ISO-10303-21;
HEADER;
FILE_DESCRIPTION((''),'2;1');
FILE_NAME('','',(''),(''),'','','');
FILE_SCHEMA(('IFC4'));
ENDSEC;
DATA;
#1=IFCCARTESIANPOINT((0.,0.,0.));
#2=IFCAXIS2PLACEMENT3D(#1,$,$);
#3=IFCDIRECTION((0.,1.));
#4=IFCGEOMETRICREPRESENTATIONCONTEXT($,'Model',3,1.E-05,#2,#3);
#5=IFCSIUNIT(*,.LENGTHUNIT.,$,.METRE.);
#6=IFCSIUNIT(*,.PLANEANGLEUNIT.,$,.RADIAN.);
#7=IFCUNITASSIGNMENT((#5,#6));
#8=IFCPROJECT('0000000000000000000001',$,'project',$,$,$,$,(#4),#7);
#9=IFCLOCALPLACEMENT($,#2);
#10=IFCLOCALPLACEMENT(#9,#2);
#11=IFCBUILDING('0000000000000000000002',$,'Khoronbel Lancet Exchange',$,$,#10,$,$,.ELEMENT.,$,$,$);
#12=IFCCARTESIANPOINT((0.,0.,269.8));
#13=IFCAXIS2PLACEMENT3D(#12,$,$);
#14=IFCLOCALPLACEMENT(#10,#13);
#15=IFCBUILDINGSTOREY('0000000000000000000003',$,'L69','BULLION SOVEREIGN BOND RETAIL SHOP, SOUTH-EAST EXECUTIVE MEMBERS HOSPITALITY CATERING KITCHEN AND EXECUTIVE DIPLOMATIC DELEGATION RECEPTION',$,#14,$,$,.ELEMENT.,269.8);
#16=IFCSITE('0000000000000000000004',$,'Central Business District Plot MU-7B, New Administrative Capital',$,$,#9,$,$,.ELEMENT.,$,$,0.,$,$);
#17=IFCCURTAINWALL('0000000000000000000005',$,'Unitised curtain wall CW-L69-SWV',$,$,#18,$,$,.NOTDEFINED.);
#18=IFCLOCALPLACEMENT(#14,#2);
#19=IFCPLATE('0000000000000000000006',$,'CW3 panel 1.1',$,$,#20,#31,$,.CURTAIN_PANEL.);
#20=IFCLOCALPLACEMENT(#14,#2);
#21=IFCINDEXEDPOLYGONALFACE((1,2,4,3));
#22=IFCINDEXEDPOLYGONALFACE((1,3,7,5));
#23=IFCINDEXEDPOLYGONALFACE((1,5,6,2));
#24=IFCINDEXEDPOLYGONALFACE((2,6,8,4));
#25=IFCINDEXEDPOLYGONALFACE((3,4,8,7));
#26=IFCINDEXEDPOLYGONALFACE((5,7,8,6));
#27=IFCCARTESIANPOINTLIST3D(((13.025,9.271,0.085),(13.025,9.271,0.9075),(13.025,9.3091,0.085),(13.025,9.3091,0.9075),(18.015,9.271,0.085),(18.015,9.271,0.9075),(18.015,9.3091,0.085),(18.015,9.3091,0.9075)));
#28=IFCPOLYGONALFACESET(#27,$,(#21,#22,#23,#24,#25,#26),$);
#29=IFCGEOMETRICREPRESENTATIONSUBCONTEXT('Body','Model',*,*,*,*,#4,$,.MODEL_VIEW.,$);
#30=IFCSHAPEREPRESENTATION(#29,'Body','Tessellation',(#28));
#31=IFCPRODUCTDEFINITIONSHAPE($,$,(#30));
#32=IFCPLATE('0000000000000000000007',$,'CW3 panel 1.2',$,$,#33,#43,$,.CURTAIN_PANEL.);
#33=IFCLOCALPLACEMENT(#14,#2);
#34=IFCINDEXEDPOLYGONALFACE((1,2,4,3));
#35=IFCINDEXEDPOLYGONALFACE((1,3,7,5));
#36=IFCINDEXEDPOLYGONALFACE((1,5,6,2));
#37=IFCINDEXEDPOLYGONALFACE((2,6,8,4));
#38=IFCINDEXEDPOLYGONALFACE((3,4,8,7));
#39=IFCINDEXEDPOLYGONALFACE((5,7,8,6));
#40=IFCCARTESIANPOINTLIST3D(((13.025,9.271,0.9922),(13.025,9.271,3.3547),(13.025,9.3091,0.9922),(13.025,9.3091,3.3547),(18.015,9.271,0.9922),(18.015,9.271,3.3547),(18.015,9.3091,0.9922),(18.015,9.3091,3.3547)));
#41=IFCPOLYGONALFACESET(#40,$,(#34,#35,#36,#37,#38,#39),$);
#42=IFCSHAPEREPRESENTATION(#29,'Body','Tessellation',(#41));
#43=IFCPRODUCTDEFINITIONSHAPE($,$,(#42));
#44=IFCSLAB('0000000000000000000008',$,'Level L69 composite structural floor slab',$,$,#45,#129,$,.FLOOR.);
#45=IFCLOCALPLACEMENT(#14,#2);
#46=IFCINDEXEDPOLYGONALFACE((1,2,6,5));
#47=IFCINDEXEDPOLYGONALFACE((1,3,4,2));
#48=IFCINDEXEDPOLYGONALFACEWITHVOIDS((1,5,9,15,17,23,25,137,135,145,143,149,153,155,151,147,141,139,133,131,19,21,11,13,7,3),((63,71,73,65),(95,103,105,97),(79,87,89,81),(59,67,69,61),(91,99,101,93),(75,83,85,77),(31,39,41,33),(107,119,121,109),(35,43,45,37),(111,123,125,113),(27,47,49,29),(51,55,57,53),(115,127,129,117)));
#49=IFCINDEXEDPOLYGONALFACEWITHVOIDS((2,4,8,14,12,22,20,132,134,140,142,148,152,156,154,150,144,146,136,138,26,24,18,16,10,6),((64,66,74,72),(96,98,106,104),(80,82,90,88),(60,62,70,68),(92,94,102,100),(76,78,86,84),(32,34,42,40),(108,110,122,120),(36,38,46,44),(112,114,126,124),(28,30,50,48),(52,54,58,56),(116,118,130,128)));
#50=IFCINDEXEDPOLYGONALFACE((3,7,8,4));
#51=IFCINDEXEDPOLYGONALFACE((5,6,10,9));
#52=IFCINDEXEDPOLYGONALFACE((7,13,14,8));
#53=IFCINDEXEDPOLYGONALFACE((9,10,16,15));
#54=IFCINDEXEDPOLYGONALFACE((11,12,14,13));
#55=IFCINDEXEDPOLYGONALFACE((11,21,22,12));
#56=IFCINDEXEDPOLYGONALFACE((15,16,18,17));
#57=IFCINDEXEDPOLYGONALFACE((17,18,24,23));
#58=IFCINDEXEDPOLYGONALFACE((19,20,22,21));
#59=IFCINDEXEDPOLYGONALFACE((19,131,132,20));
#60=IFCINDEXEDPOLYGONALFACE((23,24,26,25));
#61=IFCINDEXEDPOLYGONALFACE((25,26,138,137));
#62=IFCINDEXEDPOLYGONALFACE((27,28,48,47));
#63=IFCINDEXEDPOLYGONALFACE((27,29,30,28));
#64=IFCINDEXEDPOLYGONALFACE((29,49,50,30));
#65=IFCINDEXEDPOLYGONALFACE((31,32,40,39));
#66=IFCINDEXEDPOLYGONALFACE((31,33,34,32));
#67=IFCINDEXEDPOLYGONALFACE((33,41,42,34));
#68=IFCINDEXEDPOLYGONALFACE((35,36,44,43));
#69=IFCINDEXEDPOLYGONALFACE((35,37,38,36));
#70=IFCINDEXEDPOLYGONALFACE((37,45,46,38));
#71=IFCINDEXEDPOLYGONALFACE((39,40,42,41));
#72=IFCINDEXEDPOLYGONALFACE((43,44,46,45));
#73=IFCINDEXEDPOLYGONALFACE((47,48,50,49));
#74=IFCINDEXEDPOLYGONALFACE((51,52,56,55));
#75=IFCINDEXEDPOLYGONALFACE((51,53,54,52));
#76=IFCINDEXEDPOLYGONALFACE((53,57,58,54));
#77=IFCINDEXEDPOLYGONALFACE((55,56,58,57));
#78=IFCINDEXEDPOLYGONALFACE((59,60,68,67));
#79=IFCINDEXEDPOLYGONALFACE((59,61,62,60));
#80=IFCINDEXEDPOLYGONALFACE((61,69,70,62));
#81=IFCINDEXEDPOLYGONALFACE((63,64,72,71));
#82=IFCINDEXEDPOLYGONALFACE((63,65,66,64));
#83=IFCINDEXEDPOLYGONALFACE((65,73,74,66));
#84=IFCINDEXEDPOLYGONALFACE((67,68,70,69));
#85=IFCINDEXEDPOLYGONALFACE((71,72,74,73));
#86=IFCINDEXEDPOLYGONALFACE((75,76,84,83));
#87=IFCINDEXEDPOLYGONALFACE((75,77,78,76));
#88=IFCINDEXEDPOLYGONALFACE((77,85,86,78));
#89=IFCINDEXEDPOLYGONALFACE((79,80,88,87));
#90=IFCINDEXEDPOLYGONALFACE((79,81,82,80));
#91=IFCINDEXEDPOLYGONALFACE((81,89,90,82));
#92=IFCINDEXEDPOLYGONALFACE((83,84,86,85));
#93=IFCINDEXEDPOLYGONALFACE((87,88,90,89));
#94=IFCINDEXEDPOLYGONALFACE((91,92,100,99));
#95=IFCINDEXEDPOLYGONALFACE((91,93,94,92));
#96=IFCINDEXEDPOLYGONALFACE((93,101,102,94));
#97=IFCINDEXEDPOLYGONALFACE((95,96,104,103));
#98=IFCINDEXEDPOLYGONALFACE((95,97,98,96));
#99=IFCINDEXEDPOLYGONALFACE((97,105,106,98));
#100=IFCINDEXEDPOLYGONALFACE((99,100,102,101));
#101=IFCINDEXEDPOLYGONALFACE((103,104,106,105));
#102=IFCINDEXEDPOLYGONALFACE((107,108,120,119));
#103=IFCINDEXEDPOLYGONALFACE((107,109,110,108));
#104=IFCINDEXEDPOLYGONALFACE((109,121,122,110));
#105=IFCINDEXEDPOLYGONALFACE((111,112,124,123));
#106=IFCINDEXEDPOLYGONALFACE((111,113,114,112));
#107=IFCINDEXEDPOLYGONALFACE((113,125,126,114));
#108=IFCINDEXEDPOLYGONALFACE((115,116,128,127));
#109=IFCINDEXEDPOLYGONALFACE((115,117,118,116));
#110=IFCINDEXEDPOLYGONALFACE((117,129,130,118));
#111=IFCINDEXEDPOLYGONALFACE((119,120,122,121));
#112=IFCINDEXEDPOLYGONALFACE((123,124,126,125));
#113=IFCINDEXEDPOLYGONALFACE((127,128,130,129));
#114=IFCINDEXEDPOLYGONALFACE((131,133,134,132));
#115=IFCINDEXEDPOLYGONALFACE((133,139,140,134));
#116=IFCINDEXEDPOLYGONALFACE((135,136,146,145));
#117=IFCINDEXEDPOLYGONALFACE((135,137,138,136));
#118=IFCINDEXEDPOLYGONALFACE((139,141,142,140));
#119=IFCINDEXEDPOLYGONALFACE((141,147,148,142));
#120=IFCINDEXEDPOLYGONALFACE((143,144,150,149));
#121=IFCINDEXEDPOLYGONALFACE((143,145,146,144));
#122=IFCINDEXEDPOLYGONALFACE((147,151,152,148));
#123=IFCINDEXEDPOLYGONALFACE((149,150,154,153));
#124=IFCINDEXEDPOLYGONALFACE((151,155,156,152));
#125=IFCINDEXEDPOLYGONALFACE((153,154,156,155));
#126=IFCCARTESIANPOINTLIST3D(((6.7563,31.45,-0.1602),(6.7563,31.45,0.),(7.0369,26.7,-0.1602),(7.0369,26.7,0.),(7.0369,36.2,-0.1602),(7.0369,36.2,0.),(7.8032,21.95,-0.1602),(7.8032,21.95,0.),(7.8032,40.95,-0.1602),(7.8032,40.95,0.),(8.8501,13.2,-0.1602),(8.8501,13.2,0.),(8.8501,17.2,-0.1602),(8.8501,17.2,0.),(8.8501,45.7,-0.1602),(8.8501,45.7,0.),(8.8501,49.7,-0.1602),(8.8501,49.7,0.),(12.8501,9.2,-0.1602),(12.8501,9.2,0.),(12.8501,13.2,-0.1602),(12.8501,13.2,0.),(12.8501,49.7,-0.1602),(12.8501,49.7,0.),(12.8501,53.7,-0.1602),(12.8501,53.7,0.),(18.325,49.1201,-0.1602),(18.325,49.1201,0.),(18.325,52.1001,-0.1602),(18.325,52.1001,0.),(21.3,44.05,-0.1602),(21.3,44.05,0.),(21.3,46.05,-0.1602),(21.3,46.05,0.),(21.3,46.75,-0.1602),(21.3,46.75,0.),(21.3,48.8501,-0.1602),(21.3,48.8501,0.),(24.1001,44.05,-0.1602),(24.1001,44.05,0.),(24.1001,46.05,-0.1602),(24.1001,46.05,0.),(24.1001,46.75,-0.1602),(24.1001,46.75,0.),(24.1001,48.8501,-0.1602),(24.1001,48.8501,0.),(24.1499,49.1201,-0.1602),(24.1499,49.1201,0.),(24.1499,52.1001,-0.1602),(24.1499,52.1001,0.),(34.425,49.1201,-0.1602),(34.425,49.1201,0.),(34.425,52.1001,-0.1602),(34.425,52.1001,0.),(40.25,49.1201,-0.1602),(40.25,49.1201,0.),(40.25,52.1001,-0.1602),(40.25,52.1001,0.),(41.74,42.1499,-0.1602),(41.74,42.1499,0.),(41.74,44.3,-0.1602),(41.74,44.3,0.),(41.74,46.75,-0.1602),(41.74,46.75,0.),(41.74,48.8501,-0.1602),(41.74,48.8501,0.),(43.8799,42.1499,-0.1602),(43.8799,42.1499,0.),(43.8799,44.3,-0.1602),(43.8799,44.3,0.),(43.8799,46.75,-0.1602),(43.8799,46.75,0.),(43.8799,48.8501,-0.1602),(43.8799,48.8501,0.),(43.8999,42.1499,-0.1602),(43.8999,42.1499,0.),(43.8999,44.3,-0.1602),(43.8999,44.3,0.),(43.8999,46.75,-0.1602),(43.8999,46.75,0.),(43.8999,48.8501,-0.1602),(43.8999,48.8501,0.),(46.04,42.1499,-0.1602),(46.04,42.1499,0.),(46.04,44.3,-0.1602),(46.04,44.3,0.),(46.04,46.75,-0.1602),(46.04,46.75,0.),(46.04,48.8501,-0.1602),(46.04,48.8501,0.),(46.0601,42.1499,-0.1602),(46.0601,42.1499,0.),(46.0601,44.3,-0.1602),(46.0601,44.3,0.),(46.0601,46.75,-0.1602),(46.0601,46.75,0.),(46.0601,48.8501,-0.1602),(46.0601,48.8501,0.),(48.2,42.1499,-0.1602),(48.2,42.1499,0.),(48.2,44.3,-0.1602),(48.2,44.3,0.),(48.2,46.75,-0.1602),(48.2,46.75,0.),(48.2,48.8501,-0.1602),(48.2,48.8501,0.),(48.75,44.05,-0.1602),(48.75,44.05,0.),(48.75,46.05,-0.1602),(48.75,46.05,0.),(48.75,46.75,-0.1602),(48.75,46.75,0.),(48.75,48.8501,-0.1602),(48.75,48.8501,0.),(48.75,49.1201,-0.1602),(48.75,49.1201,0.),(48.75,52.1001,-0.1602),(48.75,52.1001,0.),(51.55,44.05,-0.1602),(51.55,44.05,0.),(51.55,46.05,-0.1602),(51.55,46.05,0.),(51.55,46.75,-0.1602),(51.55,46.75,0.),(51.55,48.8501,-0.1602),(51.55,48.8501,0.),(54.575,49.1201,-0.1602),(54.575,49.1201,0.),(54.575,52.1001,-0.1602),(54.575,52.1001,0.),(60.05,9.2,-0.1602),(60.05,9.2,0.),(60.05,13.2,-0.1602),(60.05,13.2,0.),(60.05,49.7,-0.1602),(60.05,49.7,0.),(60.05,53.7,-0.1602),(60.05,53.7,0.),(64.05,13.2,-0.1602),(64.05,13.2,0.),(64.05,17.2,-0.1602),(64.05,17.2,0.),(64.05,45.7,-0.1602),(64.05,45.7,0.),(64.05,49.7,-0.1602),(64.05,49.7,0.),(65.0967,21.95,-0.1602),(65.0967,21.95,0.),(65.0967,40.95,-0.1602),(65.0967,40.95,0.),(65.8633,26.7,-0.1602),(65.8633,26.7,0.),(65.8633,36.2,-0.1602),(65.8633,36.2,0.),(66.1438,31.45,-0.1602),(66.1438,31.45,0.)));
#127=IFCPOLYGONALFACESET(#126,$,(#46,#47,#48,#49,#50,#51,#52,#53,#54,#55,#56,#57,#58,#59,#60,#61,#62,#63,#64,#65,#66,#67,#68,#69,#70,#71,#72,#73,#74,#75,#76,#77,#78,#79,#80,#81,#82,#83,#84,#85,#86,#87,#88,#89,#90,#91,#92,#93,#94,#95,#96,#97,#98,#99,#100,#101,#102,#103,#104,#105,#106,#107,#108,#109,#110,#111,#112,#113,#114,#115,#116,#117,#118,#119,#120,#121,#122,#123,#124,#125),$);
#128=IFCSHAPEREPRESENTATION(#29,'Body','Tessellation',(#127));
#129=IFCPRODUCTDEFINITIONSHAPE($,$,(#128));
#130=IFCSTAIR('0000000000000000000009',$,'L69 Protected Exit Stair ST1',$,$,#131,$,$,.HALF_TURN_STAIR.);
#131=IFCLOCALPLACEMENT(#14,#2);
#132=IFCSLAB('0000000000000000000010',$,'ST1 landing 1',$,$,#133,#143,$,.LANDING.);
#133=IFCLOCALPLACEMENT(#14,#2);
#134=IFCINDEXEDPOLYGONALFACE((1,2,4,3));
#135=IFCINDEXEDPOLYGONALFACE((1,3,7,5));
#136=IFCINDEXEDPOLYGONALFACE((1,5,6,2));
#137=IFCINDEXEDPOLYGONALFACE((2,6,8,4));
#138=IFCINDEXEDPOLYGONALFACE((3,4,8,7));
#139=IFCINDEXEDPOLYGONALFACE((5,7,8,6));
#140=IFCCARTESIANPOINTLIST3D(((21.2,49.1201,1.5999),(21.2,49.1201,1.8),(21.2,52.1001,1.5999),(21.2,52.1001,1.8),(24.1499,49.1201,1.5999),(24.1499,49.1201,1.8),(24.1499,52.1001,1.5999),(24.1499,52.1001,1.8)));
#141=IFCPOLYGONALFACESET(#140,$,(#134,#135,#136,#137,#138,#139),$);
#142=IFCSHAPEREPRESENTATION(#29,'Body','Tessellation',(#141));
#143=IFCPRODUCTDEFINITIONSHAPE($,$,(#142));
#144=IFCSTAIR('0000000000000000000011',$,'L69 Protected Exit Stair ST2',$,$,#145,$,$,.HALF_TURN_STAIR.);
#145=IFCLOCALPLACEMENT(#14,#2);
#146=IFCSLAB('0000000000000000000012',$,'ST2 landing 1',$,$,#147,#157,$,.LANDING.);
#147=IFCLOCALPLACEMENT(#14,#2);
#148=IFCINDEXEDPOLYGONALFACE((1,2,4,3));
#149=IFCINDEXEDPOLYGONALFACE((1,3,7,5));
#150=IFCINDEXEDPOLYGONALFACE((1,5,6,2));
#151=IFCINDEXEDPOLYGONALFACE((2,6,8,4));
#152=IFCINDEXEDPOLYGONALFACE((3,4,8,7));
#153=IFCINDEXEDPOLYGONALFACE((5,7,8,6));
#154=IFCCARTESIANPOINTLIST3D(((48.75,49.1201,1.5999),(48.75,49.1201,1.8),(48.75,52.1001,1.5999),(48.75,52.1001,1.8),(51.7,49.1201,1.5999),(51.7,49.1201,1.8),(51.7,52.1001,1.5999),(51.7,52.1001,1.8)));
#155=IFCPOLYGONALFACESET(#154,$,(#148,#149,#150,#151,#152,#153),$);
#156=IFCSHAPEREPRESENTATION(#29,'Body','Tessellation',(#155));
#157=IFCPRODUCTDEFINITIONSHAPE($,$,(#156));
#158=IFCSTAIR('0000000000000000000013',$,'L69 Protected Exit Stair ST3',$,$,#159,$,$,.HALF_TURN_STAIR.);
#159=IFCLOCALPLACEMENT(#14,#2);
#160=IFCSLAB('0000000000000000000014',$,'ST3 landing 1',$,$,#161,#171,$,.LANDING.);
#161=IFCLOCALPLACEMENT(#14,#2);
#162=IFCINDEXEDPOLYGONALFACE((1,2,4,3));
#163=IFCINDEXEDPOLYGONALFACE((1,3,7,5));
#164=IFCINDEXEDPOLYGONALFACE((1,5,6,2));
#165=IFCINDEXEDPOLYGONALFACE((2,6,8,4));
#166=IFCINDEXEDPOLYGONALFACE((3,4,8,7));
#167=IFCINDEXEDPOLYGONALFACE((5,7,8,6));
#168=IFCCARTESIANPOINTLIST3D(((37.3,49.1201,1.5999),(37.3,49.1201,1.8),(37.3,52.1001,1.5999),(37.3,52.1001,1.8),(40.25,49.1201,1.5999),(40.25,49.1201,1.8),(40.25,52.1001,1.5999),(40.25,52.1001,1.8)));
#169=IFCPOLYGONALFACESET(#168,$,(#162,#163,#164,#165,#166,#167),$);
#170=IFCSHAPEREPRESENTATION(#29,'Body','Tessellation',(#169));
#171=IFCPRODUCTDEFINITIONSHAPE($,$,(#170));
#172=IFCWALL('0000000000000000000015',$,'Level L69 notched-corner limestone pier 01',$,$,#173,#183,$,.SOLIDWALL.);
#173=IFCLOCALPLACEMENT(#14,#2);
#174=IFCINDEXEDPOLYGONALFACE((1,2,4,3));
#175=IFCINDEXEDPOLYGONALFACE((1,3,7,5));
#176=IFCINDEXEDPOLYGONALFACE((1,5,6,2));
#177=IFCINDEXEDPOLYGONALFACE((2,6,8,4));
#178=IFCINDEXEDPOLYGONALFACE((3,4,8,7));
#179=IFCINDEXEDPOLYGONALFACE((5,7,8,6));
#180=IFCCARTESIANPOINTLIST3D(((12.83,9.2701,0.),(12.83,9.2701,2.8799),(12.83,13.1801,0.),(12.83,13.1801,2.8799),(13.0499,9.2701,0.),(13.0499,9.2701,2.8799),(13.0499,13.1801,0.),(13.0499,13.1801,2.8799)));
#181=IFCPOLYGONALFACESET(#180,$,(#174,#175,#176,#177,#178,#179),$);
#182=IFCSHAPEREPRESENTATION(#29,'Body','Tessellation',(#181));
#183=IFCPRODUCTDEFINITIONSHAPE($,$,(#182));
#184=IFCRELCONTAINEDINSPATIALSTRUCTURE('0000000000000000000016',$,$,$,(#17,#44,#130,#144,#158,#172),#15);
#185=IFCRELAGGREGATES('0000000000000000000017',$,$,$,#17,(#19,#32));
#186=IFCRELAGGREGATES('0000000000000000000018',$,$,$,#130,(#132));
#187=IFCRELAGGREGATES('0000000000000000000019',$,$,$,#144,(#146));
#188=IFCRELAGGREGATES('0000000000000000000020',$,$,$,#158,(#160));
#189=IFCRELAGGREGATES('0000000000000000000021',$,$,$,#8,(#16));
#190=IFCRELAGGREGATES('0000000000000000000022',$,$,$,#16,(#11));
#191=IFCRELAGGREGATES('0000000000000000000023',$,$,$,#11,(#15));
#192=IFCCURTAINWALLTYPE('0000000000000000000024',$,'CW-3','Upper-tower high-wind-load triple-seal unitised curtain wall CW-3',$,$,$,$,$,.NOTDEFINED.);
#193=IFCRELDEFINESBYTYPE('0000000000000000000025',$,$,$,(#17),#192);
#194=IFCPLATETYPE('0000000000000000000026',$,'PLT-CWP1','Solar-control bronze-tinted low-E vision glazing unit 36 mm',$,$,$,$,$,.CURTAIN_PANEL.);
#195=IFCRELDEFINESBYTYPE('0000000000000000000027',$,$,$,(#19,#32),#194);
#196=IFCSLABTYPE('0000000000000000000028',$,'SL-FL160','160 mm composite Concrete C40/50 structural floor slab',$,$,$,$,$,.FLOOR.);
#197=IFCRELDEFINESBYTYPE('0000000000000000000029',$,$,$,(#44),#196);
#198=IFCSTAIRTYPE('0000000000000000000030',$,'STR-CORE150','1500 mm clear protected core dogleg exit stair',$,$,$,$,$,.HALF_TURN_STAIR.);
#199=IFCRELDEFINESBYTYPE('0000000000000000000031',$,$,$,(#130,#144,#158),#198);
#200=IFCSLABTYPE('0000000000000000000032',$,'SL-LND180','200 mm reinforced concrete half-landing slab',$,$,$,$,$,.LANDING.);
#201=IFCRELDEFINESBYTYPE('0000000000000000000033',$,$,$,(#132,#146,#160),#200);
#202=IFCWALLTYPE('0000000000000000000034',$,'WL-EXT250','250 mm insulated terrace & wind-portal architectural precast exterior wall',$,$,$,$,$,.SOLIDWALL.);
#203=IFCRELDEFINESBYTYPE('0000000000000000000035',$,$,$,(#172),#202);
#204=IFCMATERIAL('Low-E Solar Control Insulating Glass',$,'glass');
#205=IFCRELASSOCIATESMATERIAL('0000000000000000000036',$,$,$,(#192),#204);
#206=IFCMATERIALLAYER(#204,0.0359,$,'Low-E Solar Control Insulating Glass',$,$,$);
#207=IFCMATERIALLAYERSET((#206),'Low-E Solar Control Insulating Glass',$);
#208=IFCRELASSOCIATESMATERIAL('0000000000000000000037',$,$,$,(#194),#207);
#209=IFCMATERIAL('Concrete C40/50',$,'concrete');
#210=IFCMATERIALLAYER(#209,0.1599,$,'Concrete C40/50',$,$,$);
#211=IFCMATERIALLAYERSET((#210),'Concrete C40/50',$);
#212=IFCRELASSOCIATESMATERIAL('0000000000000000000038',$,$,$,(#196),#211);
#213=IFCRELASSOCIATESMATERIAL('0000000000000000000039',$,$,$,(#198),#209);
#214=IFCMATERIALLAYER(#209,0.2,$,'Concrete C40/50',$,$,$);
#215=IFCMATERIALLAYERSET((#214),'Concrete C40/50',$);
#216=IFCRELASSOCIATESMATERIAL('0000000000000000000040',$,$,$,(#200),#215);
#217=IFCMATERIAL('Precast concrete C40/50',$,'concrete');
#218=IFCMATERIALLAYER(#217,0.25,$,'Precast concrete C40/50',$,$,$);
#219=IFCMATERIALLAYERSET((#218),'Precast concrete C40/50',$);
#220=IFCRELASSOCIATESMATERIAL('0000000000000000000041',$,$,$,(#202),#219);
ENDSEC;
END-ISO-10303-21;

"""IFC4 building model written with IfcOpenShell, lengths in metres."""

from ifc_helpers import new_model, si_unit, direction, frame, frame_2d, origin, origin_2d, place, context, subcontext, project, spatial, polyline, rectangle, outline, extrude, material, layer, layer_set, type_object, element, aggregate, save


model = new_model("IFC4")

# Units and contexts
model_context = context("Model", 3, precision=1e-05, world=origin(), true_north=direction((0.0, 1.0)))
body_context = subcontext(model_context, "Body", "Model", "MODEL_VIEW")
ifc_project = project(units=[si_unit("LENGTHUNIT", "METRE"), si_unit("PLANEANGLEUNIT", "RADIAN")], contexts=[model_context])

# Site, building, storey
site_placement = place(None, origin())
site = spatial("IfcSite", under=ifc_project, at=site_placement, Name="Central Business District Plot MU-7B, New Administrative Capital", CompositionType="ELEMENT", RefElevation=0.0)
building_placement = place(site_placement, origin())
building = spatial("IfcBuilding", under=site, at=building_placement, Name="Khoronbel Lancet Exchange", CompositionType="ELEMENT")
storey_placement = place(building_placement, frame((0.0, 0.0, 269.8)))
storey = spatial("IfcBuildingStorey", under=building, at=storey_placement, Name="L69", Description="BULLION SOVEREIGN BOND RETAIL SHOP, SOUTH-EAST EXECUTIVE MEMBERS HOSPITALITY CATERING KITCHEN AND EXECUTIVE DIPLOMATIC DELEGATION RECEPTION", CompositionType="ELEMENT", Elevation=269.8)

# Curtain wall
ifc_material_1 = material(Name="Low-E Solar Control Insulating Glass", Category="glass")
curtain_wall_type = type_object("IfcCurtainWallType", Name="CW-3", Description="Upper-tower high-wind-load triple-seal unitised curtain wall CW-3", PredefinedType="NOTDEFINED", material=ifc_material_1)
curtain_wall_1_placement = place(storey_placement, origin())
curtain_wall_1 = element("IfcCurtainWall", 1, at=curtain_wall_1_placement, inside=storey, type_object=curtain_wall_type, Name="Unitised curtain wall CW-L69-SWV", PredefinedType="NOTDEFINED")

# Plates
ifc_layer_1 = layer(ifc_material_1, 0.0359, Name="Low-E Solar Control Insulating Glass")
ifc_layer_set_1 = layer_set([ifc_layer_1], Name="Low-E Solar Control Insulating Glass")
plate_type = type_object("IfcPlateType", Name="PLT-CWP1", Description="Solar-control bronze-tinted low-E vision glazing unit 36 mm", PredefinedType="CURTAIN_PANEL", material=ifc_layer_set_1)
plate_1_placement = place(storey_placement, frame((15.52, 9.29, 0.085), z_axis=(0.0, 0.0, 1.0), x_axis=(1.0, 0.0, 0.0)))
plate_1 = element("IfcPlate", 2, at=plate_1_placement, type_object=plate_type, Name="CW3 panel 1.1", PredefinedType="CURTAIN_PANEL", context=body_context, shape_type="SweptSolid", body=[
    extrude(rectangle(XDim=4.99, YDim=0.0381, at=origin_2d()), origin(), (0.0, 0.0, 1.0), 0.8225),
])
plate_2_placement = place(storey_placement, frame((15.52, 9.29, 0.9922), z_axis=(0.0, 0.0, 1.0), x_axis=(1.0, 0.0, 0.0)))
plate_2 = element("IfcPlate", 3, at=plate_2_placement, type_object=plate_type, Name="CW3 panel 1.2", PredefinedType="CURTAIN_PANEL", context=body_context, shape_type="SweptSolid", body=[
    extrude(rectangle(XDim=4.99, YDim=0.0381, at=origin_2d()), origin(), (0.0, 0.0, 1.0), 2.3625),
])
aggregate(curtain_wall_1, [plate_1, plate_2])

# Slab
ifc_material_2 = material(Name="Concrete C40/50", Category="concrete")
ifc_layer_2 = layer(ifc_material_2, 0.1599, Name="Concrete C40/50")
ifc_layer_set_2 = layer_set([ifc_layer_2], Name="Concrete C40/50")
slab_type_1 = type_object("IfcSlabType", Name="SL-FL160", Description="160 mm composite Concrete C40/50 structural floor slab", PredefinedType="FLOOR", material=ifc_layer_set_2)
slab_1_placement = place(storey_placement, frame((0.0, 0.0, -0.1602)))
element("IfcSlab", 4, at=slab_1_placement, inside=storey, type_object=slab_type_1, Name="Level L69 composite structural floor slab", PredefinedType="FLOOR", context=body_context, shape_type="SweptSolid", body=[
    extrude(outline(polyline([(12.8501, 9.2), (60.05, 9.2), (60.05, 13.2), (64.05, 13.2), (64.05, 17.2), (65.0967, 21.95), (65.8633, 26.7), (66.1438, 31.45), (65.8633, 36.2), (65.0967, 40.95), (64.05, 45.7), (64.05, 49.7), (60.05, 49.7), (60.05, 53.7), (12.8501, 53.7), (12.8501, 49.7), (8.8501, 49.7), (8.8501, 45.7), (7.8032, 40.95), (7.0369, 36.2), (6.7563, 31.45), (7.0369, 26.7), (7.8032, 21.95), (8.8501, 17.2), (8.8501, 13.2), (12.8501, 13.2), (12.8501, 9.2)]), holes=[polyline([(18.325, 49.1201), (24.1499, 49.1201), (24.1499, 52.1001), (18.325, 52.1001), (18.325, 49.1201)]), polyline([(48.75, 49.1201), (54.575, 49.1201), (54.575, 52.1001), (48.75, 52.1001), (48.75, 49.1201)]), polyline([(34.425, 49.1201), (40.25, 49.1201), (40.25, 52.1001), (34.425, 52.1001), (34.425, 49.1201)]), polyline([(41.74, 46.75), (43.8799, 46.75), (43.8799, 48.8501), (41.74, 48.8501), (41.74, 46.75)]), polyline([(43.8999, 46.75), (46.04, 46.75), (46.04, 48.8501), (43.8999, 48.8501), (43.8999, 46.75)]), polyline([(46.0601, 46.75), (48.2, 46.75), (48.2, 48.8501), (46.0601, 48.8501), (46.0601, 46.75)]), polyline([(41.74, 42.1499), (43.8799, 42.1499), (43.8799, 44.3), (41.74, 44.3), (41.74, 42.1499)]), polyline([(43.8999, 42.1499), (46.04, 42.1499), (46.04, 44.3), (43.8999, 44.3), (43.8999, 42.1499)]), polyline([(46.0601, 42.1499), (48.2, 42.1499), (48.2, 44.3), (46.0601, 44.3), (46.0601, 42.1499)]), polyline([(21.3, 46.75), (24.1001, 46.75), (24.1001, 48.8501), (21.3, 48.8501), (21.3, 46.75)]), polyline([(48.75, 46.75), (51.55, 46.75), (51.55, 48.8501), (48.75, 48.8501), (48.75, 46.75)]), polyline([(21.3, 44.05), (24.1001, 44.05), (24.1001, 46.05), (21.3, 46.05), (21.3, 44.05)]), polyline([(48.75, 44.05), (51.55, 44.05), (51.55, 46.05), (48.75, 46.05), (48.75, 44.05)])]), origin(), (0.0, 0.0, 1.0), 0.1602),
])

# Stairs, slabs
stair_type = type_object("IfcStairType", Name="STR-CORE150", Description="1500 mm clear protected core dogleg exit stair", PredefinedType="HALF_TURN_STAIR", material=ifc_material_2)
stair_1_placement = place(storey_placement, origin())
stair_1 = element("IfcStair", 5, at=stair_1_placement, inside=storey, type_object=stair_type, Name="L69 Protected Exit Stair ST1", PredefinedType="HALF_TURN_STAIR")
ifc_layer_3 = layer(ifc_material_2, 0.2, Name="Concrete C40/50")
ifc_layer_set_3 = layer_set([ifc_layer_3], Name="Concrete C40/50")
slab_type_2 = type_object("IfcSlabType", Name="SL-LND180", Description="200 mm reinforced concrete half-landing slab", PredefinedType="LANDING", material=ifc_layer_set_3)
slab_2_placement = place(storey_placement, frame((0.0, 0.0, 1.5999)))
slab_2 = element("IfcSlab", 6, at=slab_2_placement, type_object=slab_type_2, Name="ST1 landing 1", PredefinedType="LANDING", context=body_context, shape_type="SweptSolid", body=[
    extrude(outline(polyline([(21.2, 49.1201), (24.1499, 49.1201), (24.1499, 52.1001), (21.2, 52.1001), (21.2, 49.1201)])), origin(), (0.0, 0.0, 1.0), 0.2002),
])
aggregate(stair_1, [slab_2])
stair_2_placement = place(storey_placement, origin())
stair_2 = element("IfcStair", 7, at=stair_2_placement, inside=storey, type_object=stair_type, Name="L69 Protected Exit Stair ST2", PredefinedType="HALF_TURN_STAIR")
slab_3_placement = place(storey_placement, frame((0.0, 0.0, 1.5999)))
slab_3 = element("IfcSlab", 8, at=slab_3_placement, type_object=slab_type_2, Name="ST2 landing 1", PredefinedType="LANDING", context=body_context, shape_type="SweptSolid", body=[
    extrude(outline(polyline([(51.7, 52.1001), (48.75, 52.1001), (48.75, 49.1201), (51.7, 49.1201), (51.7, 52.1001)])), origin(), (0.0, 0.0, 1.0), 0.2002),
])
aggregate(stair_2, [slab_3])
stair_3_placement = place(storey_placement, origin())
stair_3 = element("IfcStair", 9, at=stair_3_placement, inside=storey, type_object=stair_type, Name="L69 Protected Exit Stair ST3", PredefinedType="HALF_TURN_STAIR")
slab_4_placement = place(storey_placement, frame((0.0, 0.0, 1.5999)))
slab_4 = element("IfcSlab", 10, at=slab_4_placement, type_object=slab_type_2, Name="ST3 landing 1", PredefinedType="LANDING", context=body_context, shape_type="SweptSolid", body=[
    extrude(outline(polyline([(37.3, 49.1201), (40.25, 49.1201), (40.25, 52.1001), (37.3, 52.1001), (37.3, 49.1201)])), origin(), (0.0, 0.0, 1.0), 0.2002),
])
aggregate(stair_3, [slab_4])

# Wall
ifc_material_3 = material(Name="Precast concrete C40/50", Category="concrete")
ifc_layer_4 = layer(ifc_material_3, 0.25, Name="Precast concrete C40/50")
ifc_layer_set_4 = layer_set([ifc_layer_4], Name="Precast concrete C40/50")
wall_type_1 = type_object("IfcWallType", Name="WL-EXT250", Description="250 mm insulated terrace & wind-portal architectural precast exterior wall", PredefinedType="SOLIDWALL", material=ifc_layer_set_4)
wall_1_placement = place(storey_placement, frame((12.9399, 9.27, 0.0), z_axis=(0.0, 0.0, 1.0), x_axis=(0.0, 1.0, 0.0)))
element("IfcWall", 11, at=wall_1_placement, inside=storey, type_object=wall_type_1, Name="Level L69 notched-corner limestone pier 01", PredefinedType="SOLIDWALL", context=body_context, shape_type="SweptSolid", body=[
    extrude(rectangle(XDim=3.9099, YDim=0.22, at=frame_2d((1.9551, 0.0))), origin(), (0.0, 0.0, 1.0), 2.8799),
])

save(model, "model.ifc")
